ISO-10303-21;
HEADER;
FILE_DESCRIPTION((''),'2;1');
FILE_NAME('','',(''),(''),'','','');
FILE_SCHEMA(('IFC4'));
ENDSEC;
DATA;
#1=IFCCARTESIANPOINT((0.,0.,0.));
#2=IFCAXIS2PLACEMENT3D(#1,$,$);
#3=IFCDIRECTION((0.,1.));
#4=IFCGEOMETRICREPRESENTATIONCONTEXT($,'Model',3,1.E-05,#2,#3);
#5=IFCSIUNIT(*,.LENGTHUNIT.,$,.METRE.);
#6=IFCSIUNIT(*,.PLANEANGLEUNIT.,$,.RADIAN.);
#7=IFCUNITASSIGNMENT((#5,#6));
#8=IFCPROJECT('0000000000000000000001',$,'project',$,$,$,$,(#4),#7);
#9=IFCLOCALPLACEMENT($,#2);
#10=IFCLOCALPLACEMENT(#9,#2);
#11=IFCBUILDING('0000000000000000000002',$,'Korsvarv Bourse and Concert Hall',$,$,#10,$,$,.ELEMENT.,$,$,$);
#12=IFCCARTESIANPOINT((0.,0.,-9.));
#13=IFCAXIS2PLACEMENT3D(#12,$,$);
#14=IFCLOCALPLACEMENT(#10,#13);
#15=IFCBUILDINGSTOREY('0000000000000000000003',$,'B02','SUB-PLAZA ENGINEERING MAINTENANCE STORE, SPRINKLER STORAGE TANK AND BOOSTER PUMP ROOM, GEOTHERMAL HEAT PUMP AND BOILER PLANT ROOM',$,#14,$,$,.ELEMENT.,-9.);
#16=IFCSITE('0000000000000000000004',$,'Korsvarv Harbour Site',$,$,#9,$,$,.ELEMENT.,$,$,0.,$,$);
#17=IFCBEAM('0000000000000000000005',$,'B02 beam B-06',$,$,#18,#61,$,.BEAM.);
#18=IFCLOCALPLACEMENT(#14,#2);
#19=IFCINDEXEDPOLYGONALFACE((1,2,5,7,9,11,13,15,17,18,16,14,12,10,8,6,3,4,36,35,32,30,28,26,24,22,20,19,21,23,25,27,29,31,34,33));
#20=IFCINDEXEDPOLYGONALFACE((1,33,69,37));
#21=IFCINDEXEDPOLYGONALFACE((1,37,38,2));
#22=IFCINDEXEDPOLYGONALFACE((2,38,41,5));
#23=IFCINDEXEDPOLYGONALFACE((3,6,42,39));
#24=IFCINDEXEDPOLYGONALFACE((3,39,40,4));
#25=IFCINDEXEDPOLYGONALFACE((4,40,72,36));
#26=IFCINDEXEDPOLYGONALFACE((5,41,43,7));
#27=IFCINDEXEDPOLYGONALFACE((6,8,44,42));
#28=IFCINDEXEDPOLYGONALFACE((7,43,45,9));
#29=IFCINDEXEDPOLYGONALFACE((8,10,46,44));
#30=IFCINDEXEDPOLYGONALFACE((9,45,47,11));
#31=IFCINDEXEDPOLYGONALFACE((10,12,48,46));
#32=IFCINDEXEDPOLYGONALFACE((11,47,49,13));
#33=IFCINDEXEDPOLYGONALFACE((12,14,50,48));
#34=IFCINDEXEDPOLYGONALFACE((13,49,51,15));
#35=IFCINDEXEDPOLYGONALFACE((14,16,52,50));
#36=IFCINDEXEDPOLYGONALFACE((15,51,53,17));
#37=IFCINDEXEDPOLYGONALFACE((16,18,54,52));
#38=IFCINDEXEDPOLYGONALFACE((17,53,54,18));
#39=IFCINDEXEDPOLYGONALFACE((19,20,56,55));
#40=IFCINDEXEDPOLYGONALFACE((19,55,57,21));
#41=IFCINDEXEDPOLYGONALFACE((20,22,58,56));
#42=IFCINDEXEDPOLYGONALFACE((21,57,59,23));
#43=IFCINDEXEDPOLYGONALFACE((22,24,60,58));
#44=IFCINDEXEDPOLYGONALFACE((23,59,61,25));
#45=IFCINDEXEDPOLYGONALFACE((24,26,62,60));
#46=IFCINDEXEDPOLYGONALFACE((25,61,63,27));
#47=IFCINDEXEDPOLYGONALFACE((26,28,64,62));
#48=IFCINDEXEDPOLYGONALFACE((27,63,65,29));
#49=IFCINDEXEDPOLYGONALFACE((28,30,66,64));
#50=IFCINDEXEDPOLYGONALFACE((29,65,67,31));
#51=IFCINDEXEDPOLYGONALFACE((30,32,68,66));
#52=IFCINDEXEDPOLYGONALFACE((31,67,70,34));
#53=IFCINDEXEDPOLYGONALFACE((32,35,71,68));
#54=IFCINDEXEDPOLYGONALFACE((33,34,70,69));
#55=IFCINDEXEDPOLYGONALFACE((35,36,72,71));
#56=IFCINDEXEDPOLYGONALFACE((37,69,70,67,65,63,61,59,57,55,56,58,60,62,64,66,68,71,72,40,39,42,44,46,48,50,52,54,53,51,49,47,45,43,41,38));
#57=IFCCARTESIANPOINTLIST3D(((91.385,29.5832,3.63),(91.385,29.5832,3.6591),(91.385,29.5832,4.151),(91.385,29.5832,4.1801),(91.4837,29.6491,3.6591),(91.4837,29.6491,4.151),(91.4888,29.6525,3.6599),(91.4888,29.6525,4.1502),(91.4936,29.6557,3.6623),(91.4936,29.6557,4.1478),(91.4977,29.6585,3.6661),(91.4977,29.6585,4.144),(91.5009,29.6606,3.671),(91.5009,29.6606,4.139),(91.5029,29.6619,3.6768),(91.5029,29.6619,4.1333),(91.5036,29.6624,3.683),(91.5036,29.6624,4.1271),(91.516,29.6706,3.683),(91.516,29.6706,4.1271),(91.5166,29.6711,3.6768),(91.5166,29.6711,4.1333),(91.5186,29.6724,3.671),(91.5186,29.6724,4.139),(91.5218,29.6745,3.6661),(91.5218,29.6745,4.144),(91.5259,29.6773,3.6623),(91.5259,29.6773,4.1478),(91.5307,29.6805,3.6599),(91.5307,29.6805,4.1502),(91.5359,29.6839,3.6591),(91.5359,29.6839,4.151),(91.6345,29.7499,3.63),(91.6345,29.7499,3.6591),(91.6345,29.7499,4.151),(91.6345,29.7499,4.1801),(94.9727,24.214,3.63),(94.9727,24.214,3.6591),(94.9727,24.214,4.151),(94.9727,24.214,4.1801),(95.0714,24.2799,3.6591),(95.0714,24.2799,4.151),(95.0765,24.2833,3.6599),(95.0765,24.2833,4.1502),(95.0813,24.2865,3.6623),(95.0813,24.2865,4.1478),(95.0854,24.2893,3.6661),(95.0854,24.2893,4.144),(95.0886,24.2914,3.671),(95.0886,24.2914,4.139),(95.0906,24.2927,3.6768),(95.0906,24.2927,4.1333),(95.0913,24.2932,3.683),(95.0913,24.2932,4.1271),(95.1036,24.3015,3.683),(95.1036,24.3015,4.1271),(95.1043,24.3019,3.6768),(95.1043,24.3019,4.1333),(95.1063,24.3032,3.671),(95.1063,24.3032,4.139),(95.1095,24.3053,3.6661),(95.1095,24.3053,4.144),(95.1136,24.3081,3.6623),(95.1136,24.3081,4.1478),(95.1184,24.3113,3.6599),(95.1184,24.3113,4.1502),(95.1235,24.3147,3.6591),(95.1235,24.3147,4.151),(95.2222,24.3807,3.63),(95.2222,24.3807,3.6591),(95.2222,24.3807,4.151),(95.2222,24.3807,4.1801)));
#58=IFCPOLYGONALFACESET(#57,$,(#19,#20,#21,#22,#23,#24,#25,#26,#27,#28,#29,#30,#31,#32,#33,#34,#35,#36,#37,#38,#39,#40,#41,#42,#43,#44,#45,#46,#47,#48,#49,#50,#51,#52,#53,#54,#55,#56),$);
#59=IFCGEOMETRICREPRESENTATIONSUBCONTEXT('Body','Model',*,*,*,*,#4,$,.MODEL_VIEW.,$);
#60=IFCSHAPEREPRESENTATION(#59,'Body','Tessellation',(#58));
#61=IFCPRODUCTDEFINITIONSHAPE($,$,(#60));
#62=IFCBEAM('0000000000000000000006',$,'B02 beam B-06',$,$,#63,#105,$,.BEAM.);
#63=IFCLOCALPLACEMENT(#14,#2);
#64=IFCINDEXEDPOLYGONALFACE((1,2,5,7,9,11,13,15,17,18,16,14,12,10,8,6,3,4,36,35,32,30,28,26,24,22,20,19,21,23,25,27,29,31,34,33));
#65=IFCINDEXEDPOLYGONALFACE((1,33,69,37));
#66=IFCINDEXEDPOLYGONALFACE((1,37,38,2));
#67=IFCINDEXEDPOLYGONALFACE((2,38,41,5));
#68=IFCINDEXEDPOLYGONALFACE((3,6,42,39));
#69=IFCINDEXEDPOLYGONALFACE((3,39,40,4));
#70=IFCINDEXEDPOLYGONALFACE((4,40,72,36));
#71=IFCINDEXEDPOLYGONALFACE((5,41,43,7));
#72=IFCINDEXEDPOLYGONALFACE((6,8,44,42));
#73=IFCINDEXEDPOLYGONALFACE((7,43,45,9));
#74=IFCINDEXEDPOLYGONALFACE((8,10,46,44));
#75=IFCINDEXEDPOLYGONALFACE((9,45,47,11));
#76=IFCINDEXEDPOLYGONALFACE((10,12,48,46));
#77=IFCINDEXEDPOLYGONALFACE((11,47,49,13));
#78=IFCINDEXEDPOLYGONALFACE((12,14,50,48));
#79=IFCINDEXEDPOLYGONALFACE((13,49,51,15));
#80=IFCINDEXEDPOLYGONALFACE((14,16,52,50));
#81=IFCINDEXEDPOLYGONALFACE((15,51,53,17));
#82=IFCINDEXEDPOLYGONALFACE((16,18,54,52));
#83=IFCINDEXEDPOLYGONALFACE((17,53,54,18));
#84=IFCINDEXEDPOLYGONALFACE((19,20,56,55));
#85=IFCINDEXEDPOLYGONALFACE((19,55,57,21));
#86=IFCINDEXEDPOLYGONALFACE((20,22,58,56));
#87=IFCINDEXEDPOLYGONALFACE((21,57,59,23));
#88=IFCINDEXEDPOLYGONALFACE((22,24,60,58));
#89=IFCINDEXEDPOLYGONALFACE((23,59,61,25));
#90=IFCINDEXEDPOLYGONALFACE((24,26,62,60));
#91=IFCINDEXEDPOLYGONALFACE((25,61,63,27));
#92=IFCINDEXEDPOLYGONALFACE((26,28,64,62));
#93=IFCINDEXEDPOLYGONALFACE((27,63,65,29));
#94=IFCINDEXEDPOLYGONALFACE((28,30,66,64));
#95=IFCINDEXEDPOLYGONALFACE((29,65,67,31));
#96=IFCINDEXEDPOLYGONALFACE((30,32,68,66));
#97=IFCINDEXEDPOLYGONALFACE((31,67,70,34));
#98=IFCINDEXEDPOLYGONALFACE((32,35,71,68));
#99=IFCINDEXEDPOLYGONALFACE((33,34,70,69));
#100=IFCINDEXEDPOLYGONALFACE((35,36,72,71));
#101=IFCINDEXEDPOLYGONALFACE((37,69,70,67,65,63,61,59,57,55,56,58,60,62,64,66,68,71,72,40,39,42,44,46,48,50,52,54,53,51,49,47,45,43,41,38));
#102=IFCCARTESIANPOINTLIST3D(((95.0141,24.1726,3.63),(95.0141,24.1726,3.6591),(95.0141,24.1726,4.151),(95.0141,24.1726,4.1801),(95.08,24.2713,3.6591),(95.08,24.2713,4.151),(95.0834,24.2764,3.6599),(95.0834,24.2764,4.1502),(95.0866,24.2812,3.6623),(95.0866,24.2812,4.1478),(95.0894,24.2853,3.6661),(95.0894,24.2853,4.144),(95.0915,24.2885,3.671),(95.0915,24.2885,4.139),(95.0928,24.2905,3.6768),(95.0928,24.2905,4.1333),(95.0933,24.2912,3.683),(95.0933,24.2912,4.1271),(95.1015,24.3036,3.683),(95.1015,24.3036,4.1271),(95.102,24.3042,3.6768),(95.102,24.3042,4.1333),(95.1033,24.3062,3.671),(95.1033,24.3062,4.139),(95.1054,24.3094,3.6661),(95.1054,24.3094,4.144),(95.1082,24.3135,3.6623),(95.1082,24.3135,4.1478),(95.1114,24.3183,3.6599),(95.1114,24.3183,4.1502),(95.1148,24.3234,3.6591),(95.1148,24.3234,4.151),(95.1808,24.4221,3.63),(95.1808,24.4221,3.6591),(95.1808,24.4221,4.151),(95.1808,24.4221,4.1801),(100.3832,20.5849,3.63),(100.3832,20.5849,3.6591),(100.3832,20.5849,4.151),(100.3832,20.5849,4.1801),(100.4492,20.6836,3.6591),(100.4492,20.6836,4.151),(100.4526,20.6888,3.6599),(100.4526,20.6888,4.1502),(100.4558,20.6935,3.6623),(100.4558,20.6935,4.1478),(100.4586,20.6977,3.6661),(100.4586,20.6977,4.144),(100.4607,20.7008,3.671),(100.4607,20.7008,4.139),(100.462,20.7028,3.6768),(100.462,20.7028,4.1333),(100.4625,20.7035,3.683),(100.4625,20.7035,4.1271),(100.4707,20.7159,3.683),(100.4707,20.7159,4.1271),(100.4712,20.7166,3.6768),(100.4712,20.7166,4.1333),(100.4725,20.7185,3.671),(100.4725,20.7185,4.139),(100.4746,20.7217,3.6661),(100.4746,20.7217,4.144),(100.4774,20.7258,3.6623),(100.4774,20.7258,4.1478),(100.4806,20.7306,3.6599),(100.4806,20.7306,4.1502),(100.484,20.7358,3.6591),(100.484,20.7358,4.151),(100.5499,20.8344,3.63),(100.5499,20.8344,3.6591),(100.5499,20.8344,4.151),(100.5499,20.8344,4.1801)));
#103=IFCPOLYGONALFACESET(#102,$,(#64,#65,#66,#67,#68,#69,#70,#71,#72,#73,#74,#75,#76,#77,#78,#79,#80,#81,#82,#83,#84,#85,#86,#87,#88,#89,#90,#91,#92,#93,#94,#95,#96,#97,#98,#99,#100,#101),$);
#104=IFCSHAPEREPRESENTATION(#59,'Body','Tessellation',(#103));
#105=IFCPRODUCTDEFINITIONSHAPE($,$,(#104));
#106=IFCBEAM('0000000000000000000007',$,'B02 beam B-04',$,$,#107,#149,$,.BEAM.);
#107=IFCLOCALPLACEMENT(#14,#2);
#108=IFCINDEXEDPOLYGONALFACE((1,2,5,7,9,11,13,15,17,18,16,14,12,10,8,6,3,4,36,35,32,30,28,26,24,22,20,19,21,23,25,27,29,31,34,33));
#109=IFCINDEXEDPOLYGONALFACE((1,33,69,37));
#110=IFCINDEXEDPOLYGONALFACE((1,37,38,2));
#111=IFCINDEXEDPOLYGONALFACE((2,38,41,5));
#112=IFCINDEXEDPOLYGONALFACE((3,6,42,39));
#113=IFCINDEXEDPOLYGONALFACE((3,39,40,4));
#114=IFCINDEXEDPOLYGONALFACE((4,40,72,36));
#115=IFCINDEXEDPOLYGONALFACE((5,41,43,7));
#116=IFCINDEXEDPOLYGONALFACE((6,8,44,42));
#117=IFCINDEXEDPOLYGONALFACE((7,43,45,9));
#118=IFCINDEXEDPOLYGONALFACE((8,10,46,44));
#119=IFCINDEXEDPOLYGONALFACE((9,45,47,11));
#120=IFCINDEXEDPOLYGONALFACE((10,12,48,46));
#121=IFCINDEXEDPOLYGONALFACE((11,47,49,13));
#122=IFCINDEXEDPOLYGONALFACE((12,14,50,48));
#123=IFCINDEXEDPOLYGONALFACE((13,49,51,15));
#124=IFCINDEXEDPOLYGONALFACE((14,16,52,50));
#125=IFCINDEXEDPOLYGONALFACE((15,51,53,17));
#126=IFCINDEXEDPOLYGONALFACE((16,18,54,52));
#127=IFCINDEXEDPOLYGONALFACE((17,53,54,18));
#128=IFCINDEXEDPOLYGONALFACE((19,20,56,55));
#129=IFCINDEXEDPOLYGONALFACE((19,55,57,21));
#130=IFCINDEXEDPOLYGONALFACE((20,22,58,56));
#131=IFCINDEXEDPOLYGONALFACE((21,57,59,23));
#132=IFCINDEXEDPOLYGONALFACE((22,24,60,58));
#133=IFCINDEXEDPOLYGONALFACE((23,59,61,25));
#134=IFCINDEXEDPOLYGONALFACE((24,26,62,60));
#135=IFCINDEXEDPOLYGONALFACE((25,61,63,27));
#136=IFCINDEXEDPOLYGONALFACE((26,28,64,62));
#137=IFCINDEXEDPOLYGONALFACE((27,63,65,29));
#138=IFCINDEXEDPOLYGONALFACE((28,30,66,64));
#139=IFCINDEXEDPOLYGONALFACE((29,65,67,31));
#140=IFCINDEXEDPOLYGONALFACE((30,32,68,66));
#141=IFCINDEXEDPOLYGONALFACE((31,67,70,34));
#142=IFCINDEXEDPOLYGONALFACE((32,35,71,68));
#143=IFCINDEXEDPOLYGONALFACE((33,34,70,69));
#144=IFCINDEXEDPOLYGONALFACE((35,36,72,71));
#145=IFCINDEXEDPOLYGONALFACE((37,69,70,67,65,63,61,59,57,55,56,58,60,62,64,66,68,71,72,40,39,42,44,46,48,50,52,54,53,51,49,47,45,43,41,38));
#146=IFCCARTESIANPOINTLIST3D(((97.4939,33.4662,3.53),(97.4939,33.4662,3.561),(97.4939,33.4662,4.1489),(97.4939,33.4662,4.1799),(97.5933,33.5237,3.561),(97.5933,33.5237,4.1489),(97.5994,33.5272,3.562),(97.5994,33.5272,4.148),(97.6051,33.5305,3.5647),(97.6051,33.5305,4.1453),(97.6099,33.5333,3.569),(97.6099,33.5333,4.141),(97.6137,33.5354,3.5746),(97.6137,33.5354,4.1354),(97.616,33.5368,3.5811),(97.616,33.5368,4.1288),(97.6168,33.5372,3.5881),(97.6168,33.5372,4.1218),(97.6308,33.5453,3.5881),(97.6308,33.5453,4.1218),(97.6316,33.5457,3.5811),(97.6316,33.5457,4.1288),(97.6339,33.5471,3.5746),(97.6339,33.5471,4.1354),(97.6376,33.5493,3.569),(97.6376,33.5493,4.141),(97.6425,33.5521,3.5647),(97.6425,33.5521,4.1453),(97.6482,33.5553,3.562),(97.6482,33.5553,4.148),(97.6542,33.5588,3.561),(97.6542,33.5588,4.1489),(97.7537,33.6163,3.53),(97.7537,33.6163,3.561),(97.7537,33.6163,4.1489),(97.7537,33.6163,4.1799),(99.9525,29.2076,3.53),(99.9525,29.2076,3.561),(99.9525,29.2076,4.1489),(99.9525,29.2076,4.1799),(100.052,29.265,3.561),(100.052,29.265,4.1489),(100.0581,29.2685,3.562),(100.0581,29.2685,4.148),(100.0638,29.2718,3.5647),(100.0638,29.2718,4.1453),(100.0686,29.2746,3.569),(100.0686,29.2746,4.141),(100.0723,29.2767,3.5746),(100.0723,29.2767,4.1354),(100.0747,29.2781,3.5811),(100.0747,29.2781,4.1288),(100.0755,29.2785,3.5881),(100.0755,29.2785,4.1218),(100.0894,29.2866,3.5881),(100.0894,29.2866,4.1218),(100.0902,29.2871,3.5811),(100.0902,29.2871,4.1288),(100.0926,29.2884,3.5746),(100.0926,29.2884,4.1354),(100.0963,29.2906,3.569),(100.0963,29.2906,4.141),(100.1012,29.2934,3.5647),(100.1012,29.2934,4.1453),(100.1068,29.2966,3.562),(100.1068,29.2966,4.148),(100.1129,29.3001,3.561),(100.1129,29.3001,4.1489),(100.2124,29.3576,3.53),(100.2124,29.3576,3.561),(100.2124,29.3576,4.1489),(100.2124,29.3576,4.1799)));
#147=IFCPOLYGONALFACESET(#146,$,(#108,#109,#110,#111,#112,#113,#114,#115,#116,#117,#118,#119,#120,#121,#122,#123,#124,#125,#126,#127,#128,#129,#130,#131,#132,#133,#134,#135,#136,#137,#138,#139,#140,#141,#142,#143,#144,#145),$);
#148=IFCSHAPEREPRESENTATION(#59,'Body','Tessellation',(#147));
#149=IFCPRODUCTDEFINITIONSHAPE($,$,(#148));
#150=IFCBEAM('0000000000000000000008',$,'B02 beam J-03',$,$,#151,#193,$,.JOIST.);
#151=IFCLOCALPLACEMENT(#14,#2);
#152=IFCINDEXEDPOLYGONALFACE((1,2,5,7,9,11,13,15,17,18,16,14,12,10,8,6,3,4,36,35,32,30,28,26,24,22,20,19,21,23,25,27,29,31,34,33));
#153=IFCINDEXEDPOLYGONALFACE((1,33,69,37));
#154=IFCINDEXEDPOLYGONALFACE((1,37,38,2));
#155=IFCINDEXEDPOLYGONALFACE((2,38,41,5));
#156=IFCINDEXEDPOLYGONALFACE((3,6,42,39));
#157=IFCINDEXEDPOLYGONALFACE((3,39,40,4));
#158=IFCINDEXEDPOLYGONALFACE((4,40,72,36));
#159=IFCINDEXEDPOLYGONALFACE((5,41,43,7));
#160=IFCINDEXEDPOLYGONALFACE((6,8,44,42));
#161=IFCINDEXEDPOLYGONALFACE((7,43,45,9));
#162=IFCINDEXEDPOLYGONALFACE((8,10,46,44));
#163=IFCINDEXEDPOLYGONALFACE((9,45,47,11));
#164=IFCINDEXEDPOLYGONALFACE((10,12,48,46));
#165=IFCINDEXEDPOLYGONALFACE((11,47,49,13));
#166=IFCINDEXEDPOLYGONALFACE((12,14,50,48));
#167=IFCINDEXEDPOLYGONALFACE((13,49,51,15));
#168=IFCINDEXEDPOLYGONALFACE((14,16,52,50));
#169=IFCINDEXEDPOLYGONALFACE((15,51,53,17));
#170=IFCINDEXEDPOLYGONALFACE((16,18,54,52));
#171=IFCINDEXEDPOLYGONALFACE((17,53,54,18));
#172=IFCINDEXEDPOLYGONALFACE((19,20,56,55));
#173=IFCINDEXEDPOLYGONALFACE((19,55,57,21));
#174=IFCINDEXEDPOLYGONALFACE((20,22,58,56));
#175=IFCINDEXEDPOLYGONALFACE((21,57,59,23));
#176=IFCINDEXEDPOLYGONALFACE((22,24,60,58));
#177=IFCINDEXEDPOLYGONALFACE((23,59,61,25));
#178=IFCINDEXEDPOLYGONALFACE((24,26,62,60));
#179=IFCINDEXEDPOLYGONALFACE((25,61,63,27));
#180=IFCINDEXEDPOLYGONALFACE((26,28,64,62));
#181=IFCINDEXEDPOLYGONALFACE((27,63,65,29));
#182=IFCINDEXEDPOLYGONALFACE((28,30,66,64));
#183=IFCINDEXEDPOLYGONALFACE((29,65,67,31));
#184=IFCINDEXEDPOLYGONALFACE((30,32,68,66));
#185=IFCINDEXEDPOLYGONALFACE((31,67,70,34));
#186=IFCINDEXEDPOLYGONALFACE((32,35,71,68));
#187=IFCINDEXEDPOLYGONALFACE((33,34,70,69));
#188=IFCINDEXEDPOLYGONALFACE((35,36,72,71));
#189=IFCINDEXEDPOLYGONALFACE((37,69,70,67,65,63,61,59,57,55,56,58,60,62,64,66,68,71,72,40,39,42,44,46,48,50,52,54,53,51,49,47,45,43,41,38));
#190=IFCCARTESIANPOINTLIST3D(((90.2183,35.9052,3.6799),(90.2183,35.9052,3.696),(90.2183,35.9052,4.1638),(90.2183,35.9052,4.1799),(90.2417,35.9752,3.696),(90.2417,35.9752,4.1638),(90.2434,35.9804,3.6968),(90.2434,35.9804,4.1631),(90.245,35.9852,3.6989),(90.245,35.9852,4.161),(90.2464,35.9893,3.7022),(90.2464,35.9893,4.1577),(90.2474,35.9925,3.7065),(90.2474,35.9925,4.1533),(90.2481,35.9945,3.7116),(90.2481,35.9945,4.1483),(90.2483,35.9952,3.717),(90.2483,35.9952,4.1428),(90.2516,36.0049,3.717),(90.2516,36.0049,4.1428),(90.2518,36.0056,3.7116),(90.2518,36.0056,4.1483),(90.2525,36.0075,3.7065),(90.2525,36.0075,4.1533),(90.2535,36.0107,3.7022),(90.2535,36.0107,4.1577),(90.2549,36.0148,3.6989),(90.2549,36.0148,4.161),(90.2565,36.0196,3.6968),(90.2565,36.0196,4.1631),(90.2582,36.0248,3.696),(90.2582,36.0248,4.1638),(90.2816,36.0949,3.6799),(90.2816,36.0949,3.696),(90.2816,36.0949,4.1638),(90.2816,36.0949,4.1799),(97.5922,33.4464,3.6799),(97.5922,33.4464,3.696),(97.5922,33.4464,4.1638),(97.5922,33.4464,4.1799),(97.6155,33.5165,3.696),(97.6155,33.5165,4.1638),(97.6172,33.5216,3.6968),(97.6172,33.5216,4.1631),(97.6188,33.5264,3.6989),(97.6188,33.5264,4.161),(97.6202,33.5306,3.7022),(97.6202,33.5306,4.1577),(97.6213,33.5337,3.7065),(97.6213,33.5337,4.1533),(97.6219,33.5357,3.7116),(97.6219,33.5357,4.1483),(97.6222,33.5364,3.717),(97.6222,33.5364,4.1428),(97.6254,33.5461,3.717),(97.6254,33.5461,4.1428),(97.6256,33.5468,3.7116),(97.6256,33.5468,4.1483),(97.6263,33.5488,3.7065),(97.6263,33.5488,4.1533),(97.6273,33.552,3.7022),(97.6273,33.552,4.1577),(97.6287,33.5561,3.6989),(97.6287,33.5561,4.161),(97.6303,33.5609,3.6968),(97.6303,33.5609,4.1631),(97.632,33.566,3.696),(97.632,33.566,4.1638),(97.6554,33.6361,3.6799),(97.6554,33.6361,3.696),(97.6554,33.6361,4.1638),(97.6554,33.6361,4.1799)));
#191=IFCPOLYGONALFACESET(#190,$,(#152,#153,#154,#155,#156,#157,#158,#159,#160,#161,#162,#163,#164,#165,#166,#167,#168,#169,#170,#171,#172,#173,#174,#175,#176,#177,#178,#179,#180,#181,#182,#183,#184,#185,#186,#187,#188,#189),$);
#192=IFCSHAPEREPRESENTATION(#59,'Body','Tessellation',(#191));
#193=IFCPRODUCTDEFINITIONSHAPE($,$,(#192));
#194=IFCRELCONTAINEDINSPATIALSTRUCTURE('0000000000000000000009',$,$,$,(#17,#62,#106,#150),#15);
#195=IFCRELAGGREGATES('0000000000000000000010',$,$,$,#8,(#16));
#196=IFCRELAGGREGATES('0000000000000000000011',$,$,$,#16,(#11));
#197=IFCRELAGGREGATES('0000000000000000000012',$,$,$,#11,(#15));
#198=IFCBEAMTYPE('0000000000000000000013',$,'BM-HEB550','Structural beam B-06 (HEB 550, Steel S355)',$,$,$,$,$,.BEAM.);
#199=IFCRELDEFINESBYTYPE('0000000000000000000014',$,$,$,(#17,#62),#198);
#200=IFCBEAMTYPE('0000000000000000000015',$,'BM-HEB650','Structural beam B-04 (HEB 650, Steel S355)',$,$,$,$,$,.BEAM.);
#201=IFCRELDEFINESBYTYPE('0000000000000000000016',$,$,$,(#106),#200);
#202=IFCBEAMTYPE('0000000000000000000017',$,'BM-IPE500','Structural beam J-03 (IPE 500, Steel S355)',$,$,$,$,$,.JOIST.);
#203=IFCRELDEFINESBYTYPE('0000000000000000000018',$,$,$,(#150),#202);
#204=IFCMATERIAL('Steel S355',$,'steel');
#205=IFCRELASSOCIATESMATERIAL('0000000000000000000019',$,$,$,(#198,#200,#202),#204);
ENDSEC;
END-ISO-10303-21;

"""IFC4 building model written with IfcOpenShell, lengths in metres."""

from ifc_helpers import new_model, si_unit, direction, frame, origin, origin_2d, place, context, subcontext, project, spatial, i_section, extrude, source, transform, mapped, material, material_profile, profile_set, type_object, element, save


model = new_model("IFC4")

# Units and contexts
model_context = context("Model", 3, precision=1e-05, world=origin(), true_north=direction((0.0, 1.0)))
body_context = subcontext(model_context, "Body", "Model", "MODEL_VIEW")
ifc_project = project(units=[si_unit("LENGTHUNIT", "METRE"), si_unit("PLANEANGLEUNIT", "RADIAN")], contexts=[model_context])

# Site, building, storey
site_placement = place(None, origin())
site = spatial("IfcSite", under=ifc_project, at=site_placement, Name="Korsvarv Harbour Site", CompositionType="ELEMENT", RefElevation=0.0)
building_placement = place(site_placement, origin())
building = spatial("IfcBuilding", under=site, at=building_placement, Name="Korsvarv Bourse and Concert Hall", CompositionType="ELEMENT")
storey_placement = place(building_placement, frame((0.0, 0.0, -9.0)))
storey = spatial("IfcBuildingStorey", under=building, at=storey_placement, Name="B02", Description="SUB-PLAZA ENGINEERING MAINTENANCE STORE, SPRINKLER STORAGE TANK AND BOOSTER PUMP ROOM, GEOTHERMAL HEAT PUMP AND BOILER PLANT ROOM", CompositionType="ELEMENT", Elevation=-9.0)

# Beams
ifc_material_1 = material(Name="Steel S355", Category="steel")
ifc_material_profile_1 = material_profile(ifc_material_1, i_section(OverallWidth=0.3, OverallDepth=0.55, WebThickness=0.0149, FlangeThickness=0.0291, FilletRadius=0.0239, at=origin_2d()), Name="HEB 550")
ifc_profile_set_1 = profile_set([ifc_material_profile_1], Name="Steel S355")
beam_type_1 = type_object("IfcBeamType", Name="BM-HEB550", Description="Structural beam B-06 (HEB 550, Steel S355)", PredefinedType="BEAM", material=ifc_profile_set_1)
shared_shape_1 = source(origin(), body_context, "Body", "SweptSolid", [
    extrude(i_section(OverallWidth=0.3, OverallDepth=0.55, WebThickness=0.0149, FlangeThickness=0.0291, FilletRadius=0.0239, at=origin_2d()), origin(), (0.0, 0.0, 1.0), 6.4575),
])
for number, where, z_axis, x_axis, name in (
    (1, (91.5098, 29.6665, 3.905), (0.555581, -0.831462, 0.0), (0.831462, 0.555581, 0.0), "B02 beam B-06"),
    (2, (95.0974, 24.2974, 3.905), (0.831462, -0.555581, 0.0), (0.555581, 0.831462, 0.0), "B02 beam B-06"),
):
    element("IfcBeam", number, at=place(storey_placement, frame(where, z_axis=z_axis, x_axis=x_axis)), inside=storey, type_object=beam_type_1, Name=name, PredefinedType="BEAM", context=body_context, shape_type="MappedRepresentation", body=[
        mapped(shared_shape_1, transform((0.0, 0.0, 0.0), scale=1.0)),
    ])
ifc_material_profile_2 = material_profile(ifc_material_1, i_section(OverallWidth=0.3, OverallDepth=0.6499, WebThickness=0.0161, FlangeThickness=0.031, FilletRadius=0.0271, at=origin_2d()), Name="HEB 650")
ifc_profile_set_2 = profile_set([ifc_material_profile_2], Name="Steel S355")
beam_type_2 = type_object("IfcBeamType", Name="BM-HEB650", Description="Structural beam B-04 (HEB 650, Steel S355)", PredefinedType="BEAM", material=ifc_profile_set_2)
shared_shape_2 = source(origin(), body_context, "Body", "SweptSolid", [
    extrude(i_section(OverallWidth=0.3, OverallDepth=0.6499, WebThickness=0.0161, FlangeThickness=0.031, FilletRadius=0.0271, at=origin_2d()), origin(), (0.0, 0.0, 1.0), 4.9175),
])
beam_1_placement = place(storey_placement, frame((97.6238, 33.5413, 3.855), z_axis=(0.499989, -0.866032, 0.0), x_axis=(0.866032, 0.499989, 0.0)))
element("IfcBeam", 3, at=beam_1_placement, inside=storey, type_object=beam_type_2, Name="B02 beam B-04", PredefinedType="BEAM", context=body_context, shape_type="MappedRepresentation", body=[
    mapped(shared_shape_2, transform((0.0, 0.0, 0.0), scale=1.0)),
])
ifc_material_profile_3 = material_profile(ifc_material_1, i_section(OverallWidth=0.2, OverallDepth=0.5, WebThickness=0.0103, FlangeThickness=0.0161, FilletRadius=0.021, at=origin_2d()), Name="IPE 500")
ifc_profile_set_3 = profile_set([ifc_material_profile_3], Name="Steel S355")
beam_type_3 = type_object("IfcBeamType", Name="BM-IPE500", Description="Structural beam J-03 (IPE 500, Steel S355)", PredefinedType="JOIST", material=ifc_profile_set_3)
shared_shape_3 = source(origin(), body_context, "Body", "SweptSolid", [
    extrude(i_section(OverallWidth=0.2, OverallDepth=0.5, WebThickness=0.0103, FlangeThickness=0.0161, FilletRadius=0.021, at=origin_2d()), origin(), (0.0, 0.0, 1.0), 7.7729),
])
beam_2_placement = place(storey_placement, frame((97.6238, 33.5413, 3.9299), z_axis=(-0.948652, 0.316322, 0.0), x_axis=(-0.316322, -0.948652, 0.0)))
element("IfcBeam", 4, at=beam_2_placement, inside=storey, type_object=beam_type_3, Name="B02 beam J-03", PredefinedType="JOIST", context=body_context, shape_type="MappedRepresentation", body=[
    mapped(shared_shape_3, transform((0.0, 0.0, 0.0), scale=1.0)),
])

save(model, "model.ifc")
